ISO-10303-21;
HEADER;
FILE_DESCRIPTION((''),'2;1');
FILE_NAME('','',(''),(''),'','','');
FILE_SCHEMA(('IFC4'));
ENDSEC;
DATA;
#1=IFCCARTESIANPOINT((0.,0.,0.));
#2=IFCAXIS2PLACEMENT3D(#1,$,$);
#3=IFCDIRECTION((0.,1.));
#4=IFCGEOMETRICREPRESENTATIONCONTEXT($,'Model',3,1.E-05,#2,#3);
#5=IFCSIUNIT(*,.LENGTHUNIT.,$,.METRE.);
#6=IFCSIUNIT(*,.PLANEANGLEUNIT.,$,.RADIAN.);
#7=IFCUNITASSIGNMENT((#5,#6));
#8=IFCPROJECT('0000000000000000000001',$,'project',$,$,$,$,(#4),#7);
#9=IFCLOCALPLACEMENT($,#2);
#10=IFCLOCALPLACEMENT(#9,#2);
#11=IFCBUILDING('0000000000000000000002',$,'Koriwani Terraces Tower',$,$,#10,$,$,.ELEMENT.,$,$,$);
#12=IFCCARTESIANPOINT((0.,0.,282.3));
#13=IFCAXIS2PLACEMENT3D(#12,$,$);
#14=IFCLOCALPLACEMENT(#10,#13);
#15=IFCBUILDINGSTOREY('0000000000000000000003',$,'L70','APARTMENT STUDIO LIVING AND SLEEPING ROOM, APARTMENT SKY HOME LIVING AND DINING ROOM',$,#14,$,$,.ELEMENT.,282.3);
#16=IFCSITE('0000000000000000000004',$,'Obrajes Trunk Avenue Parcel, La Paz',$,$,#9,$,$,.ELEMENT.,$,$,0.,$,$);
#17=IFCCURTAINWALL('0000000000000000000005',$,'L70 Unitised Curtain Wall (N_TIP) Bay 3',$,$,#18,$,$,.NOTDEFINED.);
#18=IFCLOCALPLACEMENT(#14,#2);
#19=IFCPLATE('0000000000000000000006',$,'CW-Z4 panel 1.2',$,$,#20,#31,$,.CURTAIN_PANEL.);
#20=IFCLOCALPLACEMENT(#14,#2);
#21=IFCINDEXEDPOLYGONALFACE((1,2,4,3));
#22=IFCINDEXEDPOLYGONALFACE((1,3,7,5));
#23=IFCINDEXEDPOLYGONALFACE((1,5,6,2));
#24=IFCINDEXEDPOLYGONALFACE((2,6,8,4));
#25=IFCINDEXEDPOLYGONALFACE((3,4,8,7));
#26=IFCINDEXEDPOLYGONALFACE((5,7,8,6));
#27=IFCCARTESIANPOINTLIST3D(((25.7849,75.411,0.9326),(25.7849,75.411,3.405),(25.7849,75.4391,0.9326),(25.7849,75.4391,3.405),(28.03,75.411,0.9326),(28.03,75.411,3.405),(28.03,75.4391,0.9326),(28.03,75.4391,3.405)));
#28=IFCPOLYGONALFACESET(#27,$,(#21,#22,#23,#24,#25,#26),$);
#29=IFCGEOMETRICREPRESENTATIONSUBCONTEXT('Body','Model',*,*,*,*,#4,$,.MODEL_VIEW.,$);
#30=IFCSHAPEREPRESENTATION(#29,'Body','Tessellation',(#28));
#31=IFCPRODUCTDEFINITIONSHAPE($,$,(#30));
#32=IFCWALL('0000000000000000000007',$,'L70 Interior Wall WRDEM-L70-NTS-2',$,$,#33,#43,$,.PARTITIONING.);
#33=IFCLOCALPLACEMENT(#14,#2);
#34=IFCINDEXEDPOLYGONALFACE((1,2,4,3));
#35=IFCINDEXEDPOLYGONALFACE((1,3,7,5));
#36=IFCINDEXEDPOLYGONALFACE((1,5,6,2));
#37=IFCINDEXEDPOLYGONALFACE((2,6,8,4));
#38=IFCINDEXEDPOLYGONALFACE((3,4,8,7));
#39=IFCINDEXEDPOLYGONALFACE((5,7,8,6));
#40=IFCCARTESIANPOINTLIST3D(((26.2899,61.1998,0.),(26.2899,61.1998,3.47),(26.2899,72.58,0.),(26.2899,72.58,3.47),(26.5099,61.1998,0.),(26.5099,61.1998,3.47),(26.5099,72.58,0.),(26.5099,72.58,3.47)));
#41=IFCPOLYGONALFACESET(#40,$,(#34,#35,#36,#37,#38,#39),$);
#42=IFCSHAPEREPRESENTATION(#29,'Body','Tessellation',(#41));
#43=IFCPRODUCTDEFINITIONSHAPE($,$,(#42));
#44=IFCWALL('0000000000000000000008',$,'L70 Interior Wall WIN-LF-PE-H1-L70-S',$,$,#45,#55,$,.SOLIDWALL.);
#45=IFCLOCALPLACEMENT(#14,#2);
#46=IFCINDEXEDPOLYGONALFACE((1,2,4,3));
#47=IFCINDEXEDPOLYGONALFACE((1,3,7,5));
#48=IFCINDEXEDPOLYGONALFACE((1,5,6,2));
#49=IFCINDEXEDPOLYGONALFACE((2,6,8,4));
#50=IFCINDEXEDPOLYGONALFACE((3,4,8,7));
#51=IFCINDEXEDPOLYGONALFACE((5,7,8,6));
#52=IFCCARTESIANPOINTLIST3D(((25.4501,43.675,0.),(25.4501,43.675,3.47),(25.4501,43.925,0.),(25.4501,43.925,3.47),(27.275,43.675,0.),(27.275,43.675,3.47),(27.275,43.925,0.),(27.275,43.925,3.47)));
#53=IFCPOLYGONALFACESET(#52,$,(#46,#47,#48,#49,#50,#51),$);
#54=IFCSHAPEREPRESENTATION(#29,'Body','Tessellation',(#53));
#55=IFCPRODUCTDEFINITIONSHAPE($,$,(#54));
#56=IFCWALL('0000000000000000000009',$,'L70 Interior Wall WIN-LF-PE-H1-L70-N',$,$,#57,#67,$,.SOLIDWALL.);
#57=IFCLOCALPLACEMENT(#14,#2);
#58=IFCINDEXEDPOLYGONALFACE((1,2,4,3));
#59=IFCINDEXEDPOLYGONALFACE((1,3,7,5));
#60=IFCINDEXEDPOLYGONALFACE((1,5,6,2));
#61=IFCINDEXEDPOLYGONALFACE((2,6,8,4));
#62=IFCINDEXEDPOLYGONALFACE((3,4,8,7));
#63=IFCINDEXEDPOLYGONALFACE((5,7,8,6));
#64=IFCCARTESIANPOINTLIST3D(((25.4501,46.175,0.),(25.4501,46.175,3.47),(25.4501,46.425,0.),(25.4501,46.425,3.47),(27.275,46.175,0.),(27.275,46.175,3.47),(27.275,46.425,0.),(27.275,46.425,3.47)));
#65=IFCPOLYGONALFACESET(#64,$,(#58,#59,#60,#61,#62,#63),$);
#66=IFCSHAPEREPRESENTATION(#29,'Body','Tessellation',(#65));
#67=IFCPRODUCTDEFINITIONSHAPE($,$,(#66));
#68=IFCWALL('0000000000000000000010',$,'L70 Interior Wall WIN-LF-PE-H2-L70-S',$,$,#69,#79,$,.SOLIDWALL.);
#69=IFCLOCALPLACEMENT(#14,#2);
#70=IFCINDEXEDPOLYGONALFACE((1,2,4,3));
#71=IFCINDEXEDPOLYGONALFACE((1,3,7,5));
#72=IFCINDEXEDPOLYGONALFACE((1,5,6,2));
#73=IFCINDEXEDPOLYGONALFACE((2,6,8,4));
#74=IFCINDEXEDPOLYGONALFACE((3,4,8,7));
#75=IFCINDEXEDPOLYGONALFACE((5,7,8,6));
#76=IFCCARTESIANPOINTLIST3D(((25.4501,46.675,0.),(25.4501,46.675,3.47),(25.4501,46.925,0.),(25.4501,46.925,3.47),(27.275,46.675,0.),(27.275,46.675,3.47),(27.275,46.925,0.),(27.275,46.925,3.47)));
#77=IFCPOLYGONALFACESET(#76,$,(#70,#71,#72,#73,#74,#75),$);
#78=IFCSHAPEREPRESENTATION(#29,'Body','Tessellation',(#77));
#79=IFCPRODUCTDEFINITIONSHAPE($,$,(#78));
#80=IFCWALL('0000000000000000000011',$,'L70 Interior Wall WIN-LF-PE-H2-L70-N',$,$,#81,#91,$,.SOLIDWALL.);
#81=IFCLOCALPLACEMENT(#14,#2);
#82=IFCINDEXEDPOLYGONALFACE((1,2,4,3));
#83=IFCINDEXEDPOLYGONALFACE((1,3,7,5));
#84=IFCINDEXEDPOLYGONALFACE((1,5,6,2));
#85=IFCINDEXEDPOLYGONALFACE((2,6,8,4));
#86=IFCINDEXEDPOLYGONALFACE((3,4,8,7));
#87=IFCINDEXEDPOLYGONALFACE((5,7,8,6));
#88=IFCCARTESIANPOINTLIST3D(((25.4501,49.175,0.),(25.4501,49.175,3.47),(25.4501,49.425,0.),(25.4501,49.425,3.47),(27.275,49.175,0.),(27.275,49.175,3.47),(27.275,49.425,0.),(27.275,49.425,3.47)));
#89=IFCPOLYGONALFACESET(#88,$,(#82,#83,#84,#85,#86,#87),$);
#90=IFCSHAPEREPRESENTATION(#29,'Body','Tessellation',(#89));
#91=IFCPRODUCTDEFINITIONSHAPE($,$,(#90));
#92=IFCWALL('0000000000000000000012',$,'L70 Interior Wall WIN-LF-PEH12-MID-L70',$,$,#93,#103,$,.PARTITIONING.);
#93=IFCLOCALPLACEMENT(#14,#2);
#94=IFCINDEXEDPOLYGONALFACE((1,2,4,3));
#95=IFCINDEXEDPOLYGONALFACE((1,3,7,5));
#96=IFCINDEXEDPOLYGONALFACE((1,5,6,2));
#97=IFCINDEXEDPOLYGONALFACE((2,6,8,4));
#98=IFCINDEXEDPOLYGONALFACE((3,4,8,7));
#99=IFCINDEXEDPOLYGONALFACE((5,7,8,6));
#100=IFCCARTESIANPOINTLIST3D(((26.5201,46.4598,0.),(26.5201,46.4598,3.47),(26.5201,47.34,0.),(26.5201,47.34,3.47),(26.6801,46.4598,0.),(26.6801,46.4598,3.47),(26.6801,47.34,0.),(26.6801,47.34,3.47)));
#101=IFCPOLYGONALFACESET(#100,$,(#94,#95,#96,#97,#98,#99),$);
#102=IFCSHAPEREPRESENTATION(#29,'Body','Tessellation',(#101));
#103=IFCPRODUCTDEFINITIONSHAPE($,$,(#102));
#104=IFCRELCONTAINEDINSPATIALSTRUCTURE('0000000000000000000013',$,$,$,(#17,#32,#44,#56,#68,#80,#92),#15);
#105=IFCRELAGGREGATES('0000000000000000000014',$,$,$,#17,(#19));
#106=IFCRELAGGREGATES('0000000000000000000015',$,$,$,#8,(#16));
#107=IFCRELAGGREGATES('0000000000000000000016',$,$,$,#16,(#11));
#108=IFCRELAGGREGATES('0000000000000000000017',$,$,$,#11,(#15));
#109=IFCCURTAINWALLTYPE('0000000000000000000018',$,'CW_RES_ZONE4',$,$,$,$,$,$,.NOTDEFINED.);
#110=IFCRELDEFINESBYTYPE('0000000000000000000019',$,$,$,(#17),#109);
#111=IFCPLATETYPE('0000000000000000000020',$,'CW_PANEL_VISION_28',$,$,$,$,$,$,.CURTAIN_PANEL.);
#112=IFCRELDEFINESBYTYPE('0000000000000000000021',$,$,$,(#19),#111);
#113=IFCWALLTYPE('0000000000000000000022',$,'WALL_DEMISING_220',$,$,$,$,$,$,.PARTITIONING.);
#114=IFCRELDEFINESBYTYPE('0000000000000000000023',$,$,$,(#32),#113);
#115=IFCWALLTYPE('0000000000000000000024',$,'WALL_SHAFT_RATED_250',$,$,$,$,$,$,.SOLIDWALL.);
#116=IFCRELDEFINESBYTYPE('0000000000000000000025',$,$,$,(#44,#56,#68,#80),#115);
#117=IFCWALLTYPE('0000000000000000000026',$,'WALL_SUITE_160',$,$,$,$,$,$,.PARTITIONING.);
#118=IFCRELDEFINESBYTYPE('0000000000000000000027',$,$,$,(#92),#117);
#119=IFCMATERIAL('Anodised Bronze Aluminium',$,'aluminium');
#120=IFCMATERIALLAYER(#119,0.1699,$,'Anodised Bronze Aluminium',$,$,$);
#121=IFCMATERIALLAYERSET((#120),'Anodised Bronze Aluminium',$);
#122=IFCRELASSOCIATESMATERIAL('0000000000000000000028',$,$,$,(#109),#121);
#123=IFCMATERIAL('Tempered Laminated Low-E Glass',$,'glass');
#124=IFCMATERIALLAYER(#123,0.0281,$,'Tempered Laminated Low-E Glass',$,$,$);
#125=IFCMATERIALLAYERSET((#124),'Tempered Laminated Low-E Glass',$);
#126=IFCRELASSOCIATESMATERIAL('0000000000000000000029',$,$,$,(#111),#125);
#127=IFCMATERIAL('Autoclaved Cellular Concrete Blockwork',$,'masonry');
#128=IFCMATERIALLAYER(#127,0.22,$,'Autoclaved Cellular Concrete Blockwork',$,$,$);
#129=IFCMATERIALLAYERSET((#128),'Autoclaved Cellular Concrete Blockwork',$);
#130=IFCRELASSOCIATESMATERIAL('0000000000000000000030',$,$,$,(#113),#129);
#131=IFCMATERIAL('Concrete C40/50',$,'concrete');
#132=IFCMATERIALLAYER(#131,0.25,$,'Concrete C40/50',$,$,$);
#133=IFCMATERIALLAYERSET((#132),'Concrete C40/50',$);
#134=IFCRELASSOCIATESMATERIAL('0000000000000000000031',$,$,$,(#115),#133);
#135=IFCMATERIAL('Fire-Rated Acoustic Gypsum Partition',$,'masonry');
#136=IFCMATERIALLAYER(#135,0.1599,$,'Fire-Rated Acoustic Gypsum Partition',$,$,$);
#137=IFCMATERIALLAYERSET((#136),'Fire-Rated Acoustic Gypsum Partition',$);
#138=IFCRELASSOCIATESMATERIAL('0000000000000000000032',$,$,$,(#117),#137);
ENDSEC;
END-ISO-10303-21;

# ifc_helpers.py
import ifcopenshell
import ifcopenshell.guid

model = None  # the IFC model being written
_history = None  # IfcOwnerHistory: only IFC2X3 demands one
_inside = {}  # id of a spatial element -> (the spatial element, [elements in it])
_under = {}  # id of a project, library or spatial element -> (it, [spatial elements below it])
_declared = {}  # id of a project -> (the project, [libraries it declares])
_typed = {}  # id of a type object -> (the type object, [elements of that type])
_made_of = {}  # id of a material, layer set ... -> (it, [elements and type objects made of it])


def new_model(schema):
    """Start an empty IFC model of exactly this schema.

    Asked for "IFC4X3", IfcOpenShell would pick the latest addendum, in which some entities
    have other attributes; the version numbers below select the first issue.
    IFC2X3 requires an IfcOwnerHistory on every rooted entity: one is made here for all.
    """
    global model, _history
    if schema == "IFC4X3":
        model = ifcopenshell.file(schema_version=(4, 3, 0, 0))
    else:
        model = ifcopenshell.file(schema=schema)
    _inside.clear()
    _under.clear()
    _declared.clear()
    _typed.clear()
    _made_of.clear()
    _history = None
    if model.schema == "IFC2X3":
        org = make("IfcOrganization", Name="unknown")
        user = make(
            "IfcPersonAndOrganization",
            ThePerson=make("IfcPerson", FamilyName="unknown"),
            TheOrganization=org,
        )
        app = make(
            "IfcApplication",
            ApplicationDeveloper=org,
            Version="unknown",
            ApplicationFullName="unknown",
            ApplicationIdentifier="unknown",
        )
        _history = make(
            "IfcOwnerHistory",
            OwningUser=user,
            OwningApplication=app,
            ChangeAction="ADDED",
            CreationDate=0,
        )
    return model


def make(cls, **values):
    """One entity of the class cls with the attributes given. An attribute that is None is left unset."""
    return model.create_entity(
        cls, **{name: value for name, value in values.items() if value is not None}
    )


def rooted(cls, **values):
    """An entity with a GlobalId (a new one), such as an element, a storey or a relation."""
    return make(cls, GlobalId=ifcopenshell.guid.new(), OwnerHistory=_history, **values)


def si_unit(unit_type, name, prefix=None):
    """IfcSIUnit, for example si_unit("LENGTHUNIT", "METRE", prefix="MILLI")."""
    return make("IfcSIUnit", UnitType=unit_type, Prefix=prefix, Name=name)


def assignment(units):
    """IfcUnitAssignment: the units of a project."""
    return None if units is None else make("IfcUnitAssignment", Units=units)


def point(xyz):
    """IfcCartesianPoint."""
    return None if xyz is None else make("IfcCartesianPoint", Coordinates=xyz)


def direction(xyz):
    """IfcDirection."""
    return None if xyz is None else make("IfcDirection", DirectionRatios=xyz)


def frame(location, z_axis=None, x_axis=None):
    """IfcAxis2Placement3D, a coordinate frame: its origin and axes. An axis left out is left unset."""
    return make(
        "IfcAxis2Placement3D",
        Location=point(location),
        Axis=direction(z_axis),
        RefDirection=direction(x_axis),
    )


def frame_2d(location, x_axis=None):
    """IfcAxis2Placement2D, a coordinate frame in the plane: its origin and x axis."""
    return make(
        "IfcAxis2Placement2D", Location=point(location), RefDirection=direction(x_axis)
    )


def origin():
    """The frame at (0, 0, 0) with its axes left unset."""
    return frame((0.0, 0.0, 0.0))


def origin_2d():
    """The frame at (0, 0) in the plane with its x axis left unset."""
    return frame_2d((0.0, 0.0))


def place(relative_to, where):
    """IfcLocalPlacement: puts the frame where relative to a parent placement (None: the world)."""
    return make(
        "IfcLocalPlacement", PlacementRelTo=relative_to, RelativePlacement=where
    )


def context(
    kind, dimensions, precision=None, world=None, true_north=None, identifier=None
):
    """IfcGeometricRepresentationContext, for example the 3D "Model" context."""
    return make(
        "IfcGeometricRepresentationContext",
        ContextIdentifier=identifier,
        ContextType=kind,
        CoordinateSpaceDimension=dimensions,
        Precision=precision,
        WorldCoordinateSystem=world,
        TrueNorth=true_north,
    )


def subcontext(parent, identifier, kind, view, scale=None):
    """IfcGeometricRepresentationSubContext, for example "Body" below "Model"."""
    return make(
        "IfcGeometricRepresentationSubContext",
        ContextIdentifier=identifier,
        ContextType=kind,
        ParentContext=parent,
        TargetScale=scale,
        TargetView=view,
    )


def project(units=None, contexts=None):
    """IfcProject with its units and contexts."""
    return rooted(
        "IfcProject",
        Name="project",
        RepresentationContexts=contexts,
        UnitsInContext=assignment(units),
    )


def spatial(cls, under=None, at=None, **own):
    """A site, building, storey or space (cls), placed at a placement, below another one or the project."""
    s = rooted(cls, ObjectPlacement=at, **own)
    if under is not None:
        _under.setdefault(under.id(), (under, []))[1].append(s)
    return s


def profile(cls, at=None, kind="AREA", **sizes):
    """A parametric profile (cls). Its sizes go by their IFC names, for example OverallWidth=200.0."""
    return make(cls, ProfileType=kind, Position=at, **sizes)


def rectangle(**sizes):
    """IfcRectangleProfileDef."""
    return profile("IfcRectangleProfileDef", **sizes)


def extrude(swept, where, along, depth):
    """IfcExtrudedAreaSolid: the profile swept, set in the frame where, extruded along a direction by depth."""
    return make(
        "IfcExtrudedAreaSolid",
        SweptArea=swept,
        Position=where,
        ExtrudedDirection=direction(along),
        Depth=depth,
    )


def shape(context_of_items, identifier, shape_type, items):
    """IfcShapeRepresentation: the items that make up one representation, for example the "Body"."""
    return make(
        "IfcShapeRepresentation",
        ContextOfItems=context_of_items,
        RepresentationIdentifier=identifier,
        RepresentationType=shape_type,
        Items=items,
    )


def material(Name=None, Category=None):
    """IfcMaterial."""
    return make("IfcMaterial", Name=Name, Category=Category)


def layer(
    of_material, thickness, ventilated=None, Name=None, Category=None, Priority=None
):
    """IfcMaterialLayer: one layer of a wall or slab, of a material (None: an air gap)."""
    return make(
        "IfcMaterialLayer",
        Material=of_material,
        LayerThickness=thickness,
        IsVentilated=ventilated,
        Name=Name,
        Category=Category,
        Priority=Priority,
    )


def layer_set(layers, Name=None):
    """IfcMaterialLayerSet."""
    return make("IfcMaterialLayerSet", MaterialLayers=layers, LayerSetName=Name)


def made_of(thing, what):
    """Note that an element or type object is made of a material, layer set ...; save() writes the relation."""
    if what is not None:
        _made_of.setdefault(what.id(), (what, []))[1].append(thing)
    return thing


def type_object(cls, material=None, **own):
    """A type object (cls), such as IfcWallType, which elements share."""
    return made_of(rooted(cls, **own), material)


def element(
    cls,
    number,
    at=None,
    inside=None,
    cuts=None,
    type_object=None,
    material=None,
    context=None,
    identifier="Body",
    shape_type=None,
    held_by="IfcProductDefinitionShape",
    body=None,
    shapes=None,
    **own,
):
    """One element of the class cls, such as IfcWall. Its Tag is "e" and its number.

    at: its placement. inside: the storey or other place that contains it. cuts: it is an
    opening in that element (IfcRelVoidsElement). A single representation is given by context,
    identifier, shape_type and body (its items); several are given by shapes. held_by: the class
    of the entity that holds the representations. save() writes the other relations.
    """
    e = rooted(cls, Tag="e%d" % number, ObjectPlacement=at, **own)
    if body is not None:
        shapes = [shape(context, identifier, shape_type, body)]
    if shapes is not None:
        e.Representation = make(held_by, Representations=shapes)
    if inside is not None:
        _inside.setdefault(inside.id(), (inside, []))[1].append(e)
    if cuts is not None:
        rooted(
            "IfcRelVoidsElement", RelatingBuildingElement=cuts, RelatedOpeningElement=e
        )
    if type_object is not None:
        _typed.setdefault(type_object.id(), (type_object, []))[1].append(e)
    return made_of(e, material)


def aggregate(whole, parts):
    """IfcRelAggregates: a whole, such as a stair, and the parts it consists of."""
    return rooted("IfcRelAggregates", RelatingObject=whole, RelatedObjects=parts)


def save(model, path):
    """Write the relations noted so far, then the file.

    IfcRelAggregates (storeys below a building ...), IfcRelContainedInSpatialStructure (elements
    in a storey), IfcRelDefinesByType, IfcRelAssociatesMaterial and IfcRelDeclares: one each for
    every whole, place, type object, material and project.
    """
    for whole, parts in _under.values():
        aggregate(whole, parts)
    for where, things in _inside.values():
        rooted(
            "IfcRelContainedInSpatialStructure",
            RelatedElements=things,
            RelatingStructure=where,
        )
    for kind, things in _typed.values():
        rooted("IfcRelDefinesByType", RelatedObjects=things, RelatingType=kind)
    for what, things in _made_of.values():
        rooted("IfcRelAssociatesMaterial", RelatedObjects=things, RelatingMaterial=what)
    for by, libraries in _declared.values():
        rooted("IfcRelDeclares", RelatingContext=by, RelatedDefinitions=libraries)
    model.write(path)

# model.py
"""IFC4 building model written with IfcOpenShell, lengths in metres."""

from ifc_helpers import new_model, si_unit, direction, frame, frame_2d, origin, origin_2d, place, context, subcontext, project, spatial, rectangle, extrude, material, layer, layer_set, type_object, element, aggregate, save


model = new_model("IFC4")

# Units and contexts
model_context = context("Model", 3, precision=1e-05, world=origin(), true_north=direction((0.0, 1.0)))
body_context = subcontext(model_context, "Body", "Model", "MODEL_VIEW")
ifc_project = project(units=[si_unit("LENGTHUNIT", "METRE"), si_unit("PLANEANGLEUNIT", "RADIAN")], contexts=[model_context])

# Site, building, storey
site_placement = place(None, origin())
site = spatial("IfcSite", under=ifc_project, at=site_placement, Name="Obrajes Trunk Avenue Parcel, La Paz", CompositionType="ELEMENT", RefElevation=0.0)
building_placement = place(site_placement, origin())
building = spatial("IfcBuilding", under=site, at=building_placement, Name="Koriwani Terraces Tower", CompositionType="ELEMENT")
storey_placement = place(building_placement, frame((0.0, 0.0, 282.3)))
storey = spatial("IfcBuildingStorey", under=building, at=storey_placement, Name="L70", Description="APARTMENT STUDIO LIVING AND SLEEPING ROOM, APARTMENT SKY HOME LIVING AND DINING ROOM", CompositionType="ELEMENT", Elevation=282.3)

# Curtain wall
ifc_material_1 = material(Name="Anodised Bronze Aluminium", Category="aluminium")
ifc_layer_1 = layer(ifc_material_1, 0.1699, Name="Anodised Bronze Aluminium")
ifc_layer_set_1 = layer_set([ifc_layer_1], Name="Anodised Bronze Aluminium")
curtain_wall_type = type_object("IfcCurtainWallType", Name="CW_RES_ZONE4", PredefinedType="NOTDEFINED", material=ifc_layer_set_1)
curtain_wall_placement = place(storey_placement, origin())
curtain_wall = element("IfcCurtainWall", 1, at=curtain_wall_placement, inside=storey, type_object=curtain_wall_type, Name="L70 Unitised Curtain Wall (N_TIP) Bay 3", PredefinedType="NOTDEFINED")

# Plate
ifc_material_2 = material(Name="Tempered Laminated Low-E Glass", Category="glass")
ifc_layer_2 = layer(ifc_material_2, 0.0281, Name="Tempered Laminated Low-E Glass")
ifc_layer_set_2 = layer_set([ifc_layer_2], Name="Tempered Laminated Low-E Glass")
plate_type = type_object("IfcPlateType", Name="CW_PANEL_VISION_28", PredefinedType="CURTAIN_PANEL", material=ifc_layer_set_2)
plate_1_placement = place(storey_placement, frame((26.9075, 75.425, 0.9326), z_axis=(0.0, 0.0, 1.0), x_axis=(1.0, 0.0, 0.0)))
plate_1 = element("IfcPlate", 2, at=plate_1_placement, type_object=plate_type, Name="CW-Z4 panel 1.2", PredefinedType="CURTAIN_PANEL", context=body_context, shape_type="SweptSolid", body=[
    extrude(rectangle(XDim=2.2451, YDim=0.0281, at=origin_2d()), origin(), (0.0, 0.0, 1.0), 2.4724),
])
aggregate(curtain_wall, [plate_1])

# Wall
ifc_material_3 = material(Name="Autoclaved Cellular Concrete Blockwork", Category="masonry")
ifc_layer_3 = layer(ifc_material_3, 0.22, Name="Autoclaved Cellular Concrete Blockwork")
ifc_layer_set_3 = layer_set([ifc_layer_3], Name="Autoclaved Cellular Concrete Blockwork")
wall_type_1 = type_object("IfcWallType", Name="WALL_DEMISING_220", PredefinedType="PARTITIONING", material=ifc_layer_set_3)
wall_1_placement = place(storey_placement, frame((26.3999, 61.2, 0.0), z_axis=(0.0, 0.0, 1.0), x_axis=(0.0, 1.0, 0.0)))
element("IfcWall", 3, at=wall_1_placement, inside=storey, type_object=wall_type_1, Name="L70 Interior Wall WRDEM-L70-NTS-2", PredefinedType="PARTITIONING", context=body_context, shape_type="SweptSolid", body=[
    extrude(rectangle(XDim=11.3801, YDim=0.22, at=frame_2d((5.6899, 0.0))), origin(), (0.0, 0.0, 1.0), 3.47),
])

# Shared definitions
ifc_material_4 = material(Name="Concrete C40/50", Category="concrete")
ifc_layer_4 = layer(ifc_material_4, 0.25, Name="Concrete C40/50")
ifc_layer_set_4 = layer_set([ifc_layer_4], Name="Concrete C40/50")
wall_type_2 = type_object("IfcWallType", Name="WALL_SHAFT_RATED_250", PredefinedType="SOLIDWALL", material=ifc_layer_set_4)

# Walls
for number, where, z_axis, x_axis, name in (
    (4, (25.45, 43.8, 0.0), (0.0, 0.0, 1.0), (1.0, 0.0, 0.0), "L70 Interior Wall WIN-LF-PE-H1-L70-S"),
    (5, (25.45, 46.3, 0.0), (0.0, 0.0, 1.0), (1.0, 0.0, 0.0), "L70 Interior Wall WIN-LF-PE-H1-L70-N"),
):
    element("IfcWall", number, at=place(storey_placement, frame(where, z_axis=z_axis, x_axis=x_axis)), inside=storey, type_object=wall_type_2, Name=name, PredefinedType="SOLIDWALL", context=body_context, shape_type="SweptSolid", body=[
        extrude(rectangle(XDim=1.825, YDim=0.25, at=frame_2d((0.9126, 0.0))), origin(), (0.0, 0.0, 1.0), 3.47),
    ])

# Walls
for number, where, z_axis, x_axis, name in (
    (6, (25.45, 46.8, 0.0), (0.0, 0.0, 1.0), (1.0, 0.0, 0.0), "L70 Interior Wall WIN-LF-PE-H2-L70-S"),
    (7, (25.45, 49.3, 0.0), (0.0, 0.0, 1.0), (1.0, 0.0, 0.0), "L70 Interior Wall WIN-LF-PE-H2-L70-N"),
):
    element("IfcWall", number, at=place(storey_placement, frame(where, z_axis=z_axis, x_axis=x_axis)), inside=storey, type_object=wall_type_2, Name=name, PredefinedType="SOLIDWALL", context=body_context, shape_type="SweptSolid", body=[
        extrude(rectangle(XDim=1.825, YDim=0.25, at=frame_2d((0.9126, 0.0))), origin(), (0.0, 0.0, 1.0), 3.47),
    ])
ifc_material_5 = material(Name="Fire-Rated Acoustic Gypsum Partition", Category="masonry")
ifc_layer_5 = layer(ifc_material_5, 0.1599, Name="Fire-Rated Acoustic Gypsum Partition")
ifc_layer_set_5 = layer_set([ifc_layer_5], Name="Fire-Rated Acoustic Gypsum Partition")
wall_type_3 = type_object("IfcWallType", Name="WALL_SUITE_160", PredefinedType="PARTITIONING", material=ifc_layer_set_5)
wall_2_placement = place(storey_placement, frame((26.6001, 46.46, 0.0), z_axis=(0.0, 0.0, 1.0), x_axis=(0.0, 1.0, 0.0)))
element("IfcWall", 8, at=wall_2_placement, inside=storey, type_object=wall_type_3, Name="L70 Interior Wall WIN-LF-PEH12-MID-L70", PredefinedType="PARTITIONING", context=body_context, shape_type="SweptSolid", body=[
    extrude(rectangle(XDim=0.8801, YDim=0.1599, at=frame_2d((0.4399, 0.0))), origin(), (0.0, 0.0, 1.0), 3.47),
])

save(model, "model.ifc")
